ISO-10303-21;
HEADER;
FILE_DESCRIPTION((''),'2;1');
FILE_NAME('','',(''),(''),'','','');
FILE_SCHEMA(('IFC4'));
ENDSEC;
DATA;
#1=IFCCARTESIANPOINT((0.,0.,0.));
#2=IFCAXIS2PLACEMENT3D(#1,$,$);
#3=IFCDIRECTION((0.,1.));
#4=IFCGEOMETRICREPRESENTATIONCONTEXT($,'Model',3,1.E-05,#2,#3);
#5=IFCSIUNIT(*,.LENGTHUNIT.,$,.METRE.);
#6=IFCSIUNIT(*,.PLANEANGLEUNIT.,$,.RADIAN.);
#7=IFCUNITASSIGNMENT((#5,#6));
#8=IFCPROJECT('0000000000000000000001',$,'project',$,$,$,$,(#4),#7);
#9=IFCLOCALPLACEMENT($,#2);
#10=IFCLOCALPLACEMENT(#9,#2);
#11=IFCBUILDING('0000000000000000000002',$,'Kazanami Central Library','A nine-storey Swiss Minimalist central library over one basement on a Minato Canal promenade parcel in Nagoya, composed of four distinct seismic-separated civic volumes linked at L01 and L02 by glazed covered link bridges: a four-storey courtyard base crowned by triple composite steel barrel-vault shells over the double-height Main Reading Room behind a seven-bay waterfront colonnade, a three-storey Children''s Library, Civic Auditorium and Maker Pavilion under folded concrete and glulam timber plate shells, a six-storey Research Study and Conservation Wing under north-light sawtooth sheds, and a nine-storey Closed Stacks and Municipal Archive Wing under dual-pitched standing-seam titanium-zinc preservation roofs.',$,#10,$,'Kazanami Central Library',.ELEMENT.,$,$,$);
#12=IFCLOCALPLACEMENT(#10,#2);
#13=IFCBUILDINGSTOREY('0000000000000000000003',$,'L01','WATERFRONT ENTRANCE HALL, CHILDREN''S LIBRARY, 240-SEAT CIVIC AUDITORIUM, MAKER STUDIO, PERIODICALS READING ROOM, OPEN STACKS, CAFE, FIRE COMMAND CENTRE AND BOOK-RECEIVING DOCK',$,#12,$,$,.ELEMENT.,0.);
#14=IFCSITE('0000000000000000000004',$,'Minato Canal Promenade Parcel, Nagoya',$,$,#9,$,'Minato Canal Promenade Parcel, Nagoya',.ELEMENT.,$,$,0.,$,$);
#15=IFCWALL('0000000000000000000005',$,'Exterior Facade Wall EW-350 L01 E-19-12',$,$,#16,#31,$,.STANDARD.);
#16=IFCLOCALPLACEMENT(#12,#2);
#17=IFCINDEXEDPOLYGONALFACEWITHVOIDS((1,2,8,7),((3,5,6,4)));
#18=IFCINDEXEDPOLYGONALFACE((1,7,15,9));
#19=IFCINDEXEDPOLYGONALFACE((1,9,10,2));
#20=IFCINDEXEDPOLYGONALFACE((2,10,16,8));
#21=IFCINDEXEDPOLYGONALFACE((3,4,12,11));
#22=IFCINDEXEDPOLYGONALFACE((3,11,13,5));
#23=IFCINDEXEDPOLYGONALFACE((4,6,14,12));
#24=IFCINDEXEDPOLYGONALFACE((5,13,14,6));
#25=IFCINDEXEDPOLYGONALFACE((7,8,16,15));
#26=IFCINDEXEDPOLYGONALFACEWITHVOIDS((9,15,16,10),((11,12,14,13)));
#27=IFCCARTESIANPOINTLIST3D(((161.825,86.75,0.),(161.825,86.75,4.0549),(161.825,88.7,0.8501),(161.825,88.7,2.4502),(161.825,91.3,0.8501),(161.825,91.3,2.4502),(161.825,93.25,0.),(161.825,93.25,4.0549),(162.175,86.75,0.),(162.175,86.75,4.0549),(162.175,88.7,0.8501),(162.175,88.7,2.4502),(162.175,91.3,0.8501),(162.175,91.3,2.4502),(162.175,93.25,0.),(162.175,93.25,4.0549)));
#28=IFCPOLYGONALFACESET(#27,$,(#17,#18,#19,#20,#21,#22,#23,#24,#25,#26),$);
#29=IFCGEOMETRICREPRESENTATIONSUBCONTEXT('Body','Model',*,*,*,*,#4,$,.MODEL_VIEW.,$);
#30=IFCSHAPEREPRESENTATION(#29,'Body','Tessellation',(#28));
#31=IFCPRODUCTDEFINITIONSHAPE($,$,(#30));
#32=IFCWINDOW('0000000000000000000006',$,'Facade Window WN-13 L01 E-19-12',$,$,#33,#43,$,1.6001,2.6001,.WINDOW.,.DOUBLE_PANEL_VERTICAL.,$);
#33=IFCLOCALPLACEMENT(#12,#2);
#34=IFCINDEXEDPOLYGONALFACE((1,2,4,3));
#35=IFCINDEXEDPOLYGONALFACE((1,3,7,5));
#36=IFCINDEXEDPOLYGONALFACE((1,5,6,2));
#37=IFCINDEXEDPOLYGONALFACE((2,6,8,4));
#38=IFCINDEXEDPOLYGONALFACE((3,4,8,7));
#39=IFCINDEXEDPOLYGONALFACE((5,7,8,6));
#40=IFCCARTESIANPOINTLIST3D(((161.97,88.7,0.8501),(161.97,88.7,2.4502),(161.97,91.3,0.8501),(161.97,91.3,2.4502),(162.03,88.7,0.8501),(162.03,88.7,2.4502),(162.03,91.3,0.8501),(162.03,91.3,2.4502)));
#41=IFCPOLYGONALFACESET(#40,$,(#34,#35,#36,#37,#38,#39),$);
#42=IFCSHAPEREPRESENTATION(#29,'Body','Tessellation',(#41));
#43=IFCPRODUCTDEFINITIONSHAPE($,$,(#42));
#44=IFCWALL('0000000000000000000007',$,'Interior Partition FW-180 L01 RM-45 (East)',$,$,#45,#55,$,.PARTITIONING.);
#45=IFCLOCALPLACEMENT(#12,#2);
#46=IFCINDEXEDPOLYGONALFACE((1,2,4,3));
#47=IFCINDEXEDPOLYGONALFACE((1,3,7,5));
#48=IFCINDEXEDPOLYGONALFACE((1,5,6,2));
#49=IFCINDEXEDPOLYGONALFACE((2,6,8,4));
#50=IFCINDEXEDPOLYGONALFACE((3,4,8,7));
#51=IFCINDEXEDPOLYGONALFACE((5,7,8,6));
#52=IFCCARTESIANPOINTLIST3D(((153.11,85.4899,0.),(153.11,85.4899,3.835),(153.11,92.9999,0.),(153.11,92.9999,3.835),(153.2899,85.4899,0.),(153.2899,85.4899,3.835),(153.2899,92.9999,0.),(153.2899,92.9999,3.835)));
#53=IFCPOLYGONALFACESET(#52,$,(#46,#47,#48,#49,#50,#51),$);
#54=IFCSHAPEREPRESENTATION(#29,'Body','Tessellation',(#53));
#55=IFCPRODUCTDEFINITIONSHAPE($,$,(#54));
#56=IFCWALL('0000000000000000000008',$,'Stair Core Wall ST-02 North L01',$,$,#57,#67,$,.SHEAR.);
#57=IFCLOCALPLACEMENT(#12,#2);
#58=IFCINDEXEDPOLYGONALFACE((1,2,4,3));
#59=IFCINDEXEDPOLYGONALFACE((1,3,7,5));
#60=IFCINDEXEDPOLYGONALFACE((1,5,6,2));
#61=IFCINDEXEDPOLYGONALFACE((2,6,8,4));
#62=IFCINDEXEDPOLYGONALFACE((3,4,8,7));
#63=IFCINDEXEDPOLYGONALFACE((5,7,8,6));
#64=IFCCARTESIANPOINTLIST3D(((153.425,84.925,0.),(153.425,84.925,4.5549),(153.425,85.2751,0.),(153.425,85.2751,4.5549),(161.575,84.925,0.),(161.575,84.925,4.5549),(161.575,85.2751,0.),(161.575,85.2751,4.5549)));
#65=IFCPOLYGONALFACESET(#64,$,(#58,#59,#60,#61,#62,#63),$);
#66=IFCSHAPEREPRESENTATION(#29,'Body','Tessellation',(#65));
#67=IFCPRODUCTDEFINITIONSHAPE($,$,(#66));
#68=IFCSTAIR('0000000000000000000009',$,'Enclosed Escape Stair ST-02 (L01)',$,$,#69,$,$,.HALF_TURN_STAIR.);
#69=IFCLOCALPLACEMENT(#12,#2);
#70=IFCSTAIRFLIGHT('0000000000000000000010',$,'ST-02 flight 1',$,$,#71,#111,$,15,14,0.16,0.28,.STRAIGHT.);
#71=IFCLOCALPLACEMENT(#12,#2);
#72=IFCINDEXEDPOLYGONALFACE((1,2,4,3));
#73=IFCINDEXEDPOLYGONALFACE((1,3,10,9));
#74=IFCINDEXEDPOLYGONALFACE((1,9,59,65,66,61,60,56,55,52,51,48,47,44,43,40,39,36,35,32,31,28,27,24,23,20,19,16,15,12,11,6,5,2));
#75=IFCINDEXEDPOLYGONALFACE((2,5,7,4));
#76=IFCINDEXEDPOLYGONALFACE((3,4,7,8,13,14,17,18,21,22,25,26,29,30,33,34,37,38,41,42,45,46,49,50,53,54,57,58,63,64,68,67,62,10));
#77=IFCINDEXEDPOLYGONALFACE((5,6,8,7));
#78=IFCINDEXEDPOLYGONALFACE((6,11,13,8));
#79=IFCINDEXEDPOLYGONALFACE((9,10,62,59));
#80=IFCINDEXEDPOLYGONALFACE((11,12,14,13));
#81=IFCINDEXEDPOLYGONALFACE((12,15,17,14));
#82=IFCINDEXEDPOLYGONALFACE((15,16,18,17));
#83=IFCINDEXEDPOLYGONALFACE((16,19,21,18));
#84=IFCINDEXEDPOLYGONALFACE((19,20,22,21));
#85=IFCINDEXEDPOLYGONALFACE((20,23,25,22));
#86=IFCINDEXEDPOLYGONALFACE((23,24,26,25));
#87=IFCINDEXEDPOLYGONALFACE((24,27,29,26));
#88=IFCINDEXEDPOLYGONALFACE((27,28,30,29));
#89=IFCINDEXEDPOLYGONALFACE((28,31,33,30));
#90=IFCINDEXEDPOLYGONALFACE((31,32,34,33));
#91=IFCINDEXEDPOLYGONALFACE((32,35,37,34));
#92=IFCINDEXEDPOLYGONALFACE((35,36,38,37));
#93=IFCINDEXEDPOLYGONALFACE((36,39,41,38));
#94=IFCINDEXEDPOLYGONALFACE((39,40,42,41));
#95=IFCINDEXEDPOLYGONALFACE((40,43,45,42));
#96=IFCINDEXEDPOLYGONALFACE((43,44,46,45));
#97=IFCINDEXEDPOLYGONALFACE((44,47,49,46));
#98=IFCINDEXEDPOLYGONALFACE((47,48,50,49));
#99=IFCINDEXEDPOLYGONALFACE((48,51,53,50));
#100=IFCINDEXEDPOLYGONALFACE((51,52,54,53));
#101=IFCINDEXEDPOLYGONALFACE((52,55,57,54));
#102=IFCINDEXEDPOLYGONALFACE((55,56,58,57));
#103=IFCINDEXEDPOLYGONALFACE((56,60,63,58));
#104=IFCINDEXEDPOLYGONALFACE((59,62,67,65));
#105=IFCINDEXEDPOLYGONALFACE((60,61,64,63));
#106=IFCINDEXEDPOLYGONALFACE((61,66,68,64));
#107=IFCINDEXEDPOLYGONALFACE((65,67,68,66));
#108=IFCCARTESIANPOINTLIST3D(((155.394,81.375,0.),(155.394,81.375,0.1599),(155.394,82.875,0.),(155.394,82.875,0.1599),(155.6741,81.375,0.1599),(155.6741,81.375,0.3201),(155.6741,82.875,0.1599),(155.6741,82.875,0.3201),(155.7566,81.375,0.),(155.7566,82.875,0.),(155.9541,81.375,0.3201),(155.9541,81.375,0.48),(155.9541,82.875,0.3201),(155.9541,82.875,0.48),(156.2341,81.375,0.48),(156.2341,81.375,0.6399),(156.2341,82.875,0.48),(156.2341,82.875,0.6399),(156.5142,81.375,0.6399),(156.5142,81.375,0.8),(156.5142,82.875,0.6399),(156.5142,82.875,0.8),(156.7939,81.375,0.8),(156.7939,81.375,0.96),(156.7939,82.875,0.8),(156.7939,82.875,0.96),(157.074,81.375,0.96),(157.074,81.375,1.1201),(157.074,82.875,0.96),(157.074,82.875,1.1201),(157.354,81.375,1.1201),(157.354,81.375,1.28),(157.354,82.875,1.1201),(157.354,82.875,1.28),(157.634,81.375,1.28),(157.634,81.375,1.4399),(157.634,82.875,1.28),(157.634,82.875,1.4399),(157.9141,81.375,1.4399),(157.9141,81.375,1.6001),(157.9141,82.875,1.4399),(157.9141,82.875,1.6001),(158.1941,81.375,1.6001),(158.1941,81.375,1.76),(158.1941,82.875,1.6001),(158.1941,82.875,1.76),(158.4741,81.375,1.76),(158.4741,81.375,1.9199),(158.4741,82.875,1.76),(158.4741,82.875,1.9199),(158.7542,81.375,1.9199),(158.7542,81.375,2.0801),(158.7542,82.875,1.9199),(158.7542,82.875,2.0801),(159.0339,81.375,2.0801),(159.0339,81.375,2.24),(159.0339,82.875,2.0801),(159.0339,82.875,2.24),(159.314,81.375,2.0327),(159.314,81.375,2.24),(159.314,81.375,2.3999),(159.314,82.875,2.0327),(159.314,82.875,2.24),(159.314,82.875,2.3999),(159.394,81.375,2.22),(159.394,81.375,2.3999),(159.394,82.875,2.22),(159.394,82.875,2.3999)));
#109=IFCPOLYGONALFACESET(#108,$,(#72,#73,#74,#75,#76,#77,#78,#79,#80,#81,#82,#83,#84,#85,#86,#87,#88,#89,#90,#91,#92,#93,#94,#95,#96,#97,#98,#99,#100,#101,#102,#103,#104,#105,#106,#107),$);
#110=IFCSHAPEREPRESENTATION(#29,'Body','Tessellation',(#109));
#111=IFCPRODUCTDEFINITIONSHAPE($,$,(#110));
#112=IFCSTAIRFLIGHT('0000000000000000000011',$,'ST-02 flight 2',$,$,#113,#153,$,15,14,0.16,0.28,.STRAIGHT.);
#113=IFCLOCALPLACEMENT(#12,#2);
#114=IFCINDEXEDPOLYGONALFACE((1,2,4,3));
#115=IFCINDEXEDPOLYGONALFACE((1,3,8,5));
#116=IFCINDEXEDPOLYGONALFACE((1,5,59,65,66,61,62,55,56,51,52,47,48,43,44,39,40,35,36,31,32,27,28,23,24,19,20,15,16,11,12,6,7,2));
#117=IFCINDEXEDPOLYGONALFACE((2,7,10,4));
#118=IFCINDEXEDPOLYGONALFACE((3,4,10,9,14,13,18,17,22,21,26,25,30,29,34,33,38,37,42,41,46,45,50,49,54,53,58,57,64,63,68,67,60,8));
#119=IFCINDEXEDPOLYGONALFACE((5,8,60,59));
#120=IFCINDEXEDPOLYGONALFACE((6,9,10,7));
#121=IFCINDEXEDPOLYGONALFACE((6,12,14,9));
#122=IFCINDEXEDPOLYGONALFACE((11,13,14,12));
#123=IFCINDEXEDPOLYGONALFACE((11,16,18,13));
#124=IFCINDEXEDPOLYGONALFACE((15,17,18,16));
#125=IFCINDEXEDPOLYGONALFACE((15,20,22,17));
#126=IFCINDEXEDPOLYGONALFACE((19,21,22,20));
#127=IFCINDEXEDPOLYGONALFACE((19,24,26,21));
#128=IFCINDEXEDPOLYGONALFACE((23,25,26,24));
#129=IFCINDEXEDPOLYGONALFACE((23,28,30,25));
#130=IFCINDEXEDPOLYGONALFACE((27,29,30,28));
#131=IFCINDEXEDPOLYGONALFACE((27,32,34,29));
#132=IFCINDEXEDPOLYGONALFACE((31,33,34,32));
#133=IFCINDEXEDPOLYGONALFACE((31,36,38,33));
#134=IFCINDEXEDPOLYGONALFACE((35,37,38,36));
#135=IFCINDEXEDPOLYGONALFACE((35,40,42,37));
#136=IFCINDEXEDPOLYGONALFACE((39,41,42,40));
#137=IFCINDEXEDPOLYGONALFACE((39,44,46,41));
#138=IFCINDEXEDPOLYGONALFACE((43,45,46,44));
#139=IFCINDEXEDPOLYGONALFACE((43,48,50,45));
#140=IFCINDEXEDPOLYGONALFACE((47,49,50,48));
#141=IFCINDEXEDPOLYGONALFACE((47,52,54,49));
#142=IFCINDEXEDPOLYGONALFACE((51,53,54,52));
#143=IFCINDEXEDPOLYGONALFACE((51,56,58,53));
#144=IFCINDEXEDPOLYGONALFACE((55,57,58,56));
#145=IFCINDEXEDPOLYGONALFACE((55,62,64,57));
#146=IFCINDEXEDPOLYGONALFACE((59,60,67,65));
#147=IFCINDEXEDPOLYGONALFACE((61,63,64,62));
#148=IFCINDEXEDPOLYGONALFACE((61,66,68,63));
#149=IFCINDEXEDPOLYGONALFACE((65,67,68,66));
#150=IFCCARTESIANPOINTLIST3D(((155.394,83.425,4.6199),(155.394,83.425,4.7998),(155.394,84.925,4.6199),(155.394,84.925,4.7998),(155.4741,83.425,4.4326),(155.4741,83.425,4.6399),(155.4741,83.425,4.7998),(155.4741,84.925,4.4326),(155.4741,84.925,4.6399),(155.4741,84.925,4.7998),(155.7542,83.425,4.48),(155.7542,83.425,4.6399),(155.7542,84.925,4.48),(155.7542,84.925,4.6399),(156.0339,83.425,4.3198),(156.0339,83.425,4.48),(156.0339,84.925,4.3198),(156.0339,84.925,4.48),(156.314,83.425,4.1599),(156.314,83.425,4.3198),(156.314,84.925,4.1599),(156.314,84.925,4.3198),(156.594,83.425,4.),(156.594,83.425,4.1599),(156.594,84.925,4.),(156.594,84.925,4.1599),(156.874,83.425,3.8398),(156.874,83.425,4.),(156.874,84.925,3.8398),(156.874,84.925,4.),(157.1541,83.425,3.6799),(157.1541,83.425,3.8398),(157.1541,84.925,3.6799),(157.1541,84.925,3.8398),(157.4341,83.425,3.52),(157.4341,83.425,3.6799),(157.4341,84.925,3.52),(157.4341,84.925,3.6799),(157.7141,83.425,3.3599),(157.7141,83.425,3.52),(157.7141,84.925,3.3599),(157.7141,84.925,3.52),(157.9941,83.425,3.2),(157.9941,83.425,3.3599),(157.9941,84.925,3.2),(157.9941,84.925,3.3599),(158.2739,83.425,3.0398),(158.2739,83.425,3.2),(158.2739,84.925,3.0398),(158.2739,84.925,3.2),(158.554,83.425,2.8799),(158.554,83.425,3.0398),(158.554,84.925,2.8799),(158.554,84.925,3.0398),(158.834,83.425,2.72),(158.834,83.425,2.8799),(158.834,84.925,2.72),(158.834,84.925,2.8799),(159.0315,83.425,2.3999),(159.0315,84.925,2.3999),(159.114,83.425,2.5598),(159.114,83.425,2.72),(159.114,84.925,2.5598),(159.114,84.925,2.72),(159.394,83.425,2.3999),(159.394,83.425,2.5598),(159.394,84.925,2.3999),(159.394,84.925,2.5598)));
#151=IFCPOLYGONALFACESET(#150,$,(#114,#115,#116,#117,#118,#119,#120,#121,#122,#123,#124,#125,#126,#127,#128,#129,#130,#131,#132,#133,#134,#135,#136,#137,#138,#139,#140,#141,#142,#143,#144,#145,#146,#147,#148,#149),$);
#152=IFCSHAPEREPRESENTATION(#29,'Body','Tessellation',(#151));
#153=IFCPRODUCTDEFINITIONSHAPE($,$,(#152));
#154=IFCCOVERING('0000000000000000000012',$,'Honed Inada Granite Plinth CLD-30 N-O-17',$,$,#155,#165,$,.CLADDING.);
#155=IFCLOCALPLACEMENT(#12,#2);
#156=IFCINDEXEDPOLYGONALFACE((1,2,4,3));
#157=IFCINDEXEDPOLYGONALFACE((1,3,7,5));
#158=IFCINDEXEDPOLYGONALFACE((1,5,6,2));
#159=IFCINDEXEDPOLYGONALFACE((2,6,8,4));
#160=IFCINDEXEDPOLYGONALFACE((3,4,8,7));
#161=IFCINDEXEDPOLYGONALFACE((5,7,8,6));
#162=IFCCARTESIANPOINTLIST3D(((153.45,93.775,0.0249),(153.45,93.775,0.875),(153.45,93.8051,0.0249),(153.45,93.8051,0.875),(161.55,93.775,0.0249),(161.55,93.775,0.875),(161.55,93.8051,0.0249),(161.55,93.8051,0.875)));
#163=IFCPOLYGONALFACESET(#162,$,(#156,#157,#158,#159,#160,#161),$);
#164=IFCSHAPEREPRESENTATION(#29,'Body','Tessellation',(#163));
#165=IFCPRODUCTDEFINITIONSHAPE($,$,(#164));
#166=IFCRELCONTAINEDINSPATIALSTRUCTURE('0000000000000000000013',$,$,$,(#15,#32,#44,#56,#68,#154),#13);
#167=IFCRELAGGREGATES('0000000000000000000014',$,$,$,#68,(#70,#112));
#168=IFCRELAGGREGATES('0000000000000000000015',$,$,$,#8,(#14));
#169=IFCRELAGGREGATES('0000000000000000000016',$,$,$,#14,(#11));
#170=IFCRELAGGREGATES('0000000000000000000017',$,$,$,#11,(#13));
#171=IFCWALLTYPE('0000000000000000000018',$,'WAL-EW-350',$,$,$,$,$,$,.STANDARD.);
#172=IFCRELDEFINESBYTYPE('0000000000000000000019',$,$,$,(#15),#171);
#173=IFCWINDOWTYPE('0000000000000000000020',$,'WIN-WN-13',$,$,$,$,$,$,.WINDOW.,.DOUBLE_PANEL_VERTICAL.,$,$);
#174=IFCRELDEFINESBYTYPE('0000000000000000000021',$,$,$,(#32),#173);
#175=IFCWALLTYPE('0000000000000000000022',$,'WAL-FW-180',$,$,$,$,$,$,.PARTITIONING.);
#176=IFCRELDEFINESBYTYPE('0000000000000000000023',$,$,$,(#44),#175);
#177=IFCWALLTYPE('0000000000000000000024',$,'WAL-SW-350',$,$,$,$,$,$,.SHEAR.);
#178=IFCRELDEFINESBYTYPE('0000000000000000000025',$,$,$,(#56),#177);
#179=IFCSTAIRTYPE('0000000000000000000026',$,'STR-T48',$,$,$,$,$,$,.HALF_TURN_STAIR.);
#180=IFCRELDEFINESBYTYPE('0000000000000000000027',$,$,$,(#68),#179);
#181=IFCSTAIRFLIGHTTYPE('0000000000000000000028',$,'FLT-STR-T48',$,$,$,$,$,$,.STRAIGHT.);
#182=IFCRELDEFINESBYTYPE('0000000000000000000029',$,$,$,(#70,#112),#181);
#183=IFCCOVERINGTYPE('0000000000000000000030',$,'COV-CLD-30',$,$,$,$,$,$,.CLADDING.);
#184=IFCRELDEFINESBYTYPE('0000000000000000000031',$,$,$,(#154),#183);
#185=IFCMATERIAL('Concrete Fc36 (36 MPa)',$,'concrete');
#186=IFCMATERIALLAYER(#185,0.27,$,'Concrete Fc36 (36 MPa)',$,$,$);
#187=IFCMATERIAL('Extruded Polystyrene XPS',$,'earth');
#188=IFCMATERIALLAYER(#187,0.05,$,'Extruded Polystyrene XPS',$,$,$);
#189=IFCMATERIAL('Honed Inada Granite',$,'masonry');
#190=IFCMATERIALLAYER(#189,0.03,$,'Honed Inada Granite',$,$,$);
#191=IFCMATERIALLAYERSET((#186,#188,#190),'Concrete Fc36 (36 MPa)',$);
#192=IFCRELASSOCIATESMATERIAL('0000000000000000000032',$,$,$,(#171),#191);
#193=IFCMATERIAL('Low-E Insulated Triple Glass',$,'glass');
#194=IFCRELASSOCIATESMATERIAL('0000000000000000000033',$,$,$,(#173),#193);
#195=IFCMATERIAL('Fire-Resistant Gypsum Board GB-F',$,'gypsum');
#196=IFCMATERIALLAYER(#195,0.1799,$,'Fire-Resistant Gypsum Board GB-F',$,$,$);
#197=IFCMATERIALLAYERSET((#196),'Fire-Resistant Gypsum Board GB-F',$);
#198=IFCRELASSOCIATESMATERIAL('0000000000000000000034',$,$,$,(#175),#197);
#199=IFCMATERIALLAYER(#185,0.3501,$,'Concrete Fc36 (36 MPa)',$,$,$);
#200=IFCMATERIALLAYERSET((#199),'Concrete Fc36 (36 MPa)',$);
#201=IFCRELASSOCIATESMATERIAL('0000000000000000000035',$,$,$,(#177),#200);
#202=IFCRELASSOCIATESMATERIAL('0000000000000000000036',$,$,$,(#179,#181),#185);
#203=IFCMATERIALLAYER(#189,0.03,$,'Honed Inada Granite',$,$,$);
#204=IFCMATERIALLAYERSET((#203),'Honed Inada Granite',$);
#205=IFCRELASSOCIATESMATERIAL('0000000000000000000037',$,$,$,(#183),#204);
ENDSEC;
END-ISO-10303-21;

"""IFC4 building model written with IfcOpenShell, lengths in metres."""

from ifc_helpers import new_model, si_unit, direction, frame, frame_2d, origin, origin_2d, place, context, subcontext, project, spatial, polyline, rectangle, outline, extrude, material, layer, layer_set, type_object, element, fill, aggregate, save


model = new_model("IFC4")

# Units and contexts
model_context = context("Model", 3, precision=1e-05, world=origin(), true_north=direction((0.0, 1.0)))
body_context = subcontext(model_context, "Body", "Model", "MODEL_VIEW")
ifc_project = project(units=[si_unit("LENGTHUNIT", "METRE"), si_unit("PLANEANGLEUNIT", "RADIAN")], contexts=[model_context])

# Site, building, storey
site_placement = place(None, origin())
site = spatial("IfcSite", under=ifc_project, at=site_placement, Name="Minato Canal Promenade Parcel, Nagoya", LongName="Minato Canal Promenade Parcel, Nagoya", CompositionType="ELEMENT", RefElevation=0.0)
building_placement = place(site_placement, origin())
building = spatial("IfcBuilding", under=site, at=building_placement, Name="Kazanami Central Library", Description="A nine-storey Swiss Minimalist central library over one basement on a Minato Canal promenade parcel in Nagoya, composed of four distinct seismic-separated civic volumes linked at L01 and L02 by glazed covered link bridges: a four-storey courtyard base crowned by triple composite steel barrel-vault shells over the double-height Main Reading Room behind a seven-bay waterfront colonnade, a three-storey Children's Library, Civic Auditorium and Maker Pavilion under folded concrete and glulam timber plate shells, a six-storey Research Study and Conservation Wing under north-light sawtooth sheds, and a nine-storey Closed Stacks and Municipal Archive Wing under dual-pitched standing-seam titanium-zinc preservation roofs.", LongName="Kazanami Central Library", CompositionType="ELEMENT")
storey_placement = place(building_placement, origin())
storey = spatial("IfcBuildingStorey", under=building, at=storey_placement, Name="L01", Description="WATERFRONT ENTRANCE HALL, CHILDREN'S LIBRARY, 240-SEAT CIVIC AUDITORIUM, MAKER STUDIO, PERIODICALS READING ROOM, OPEN STACKS, CAFE, FIRE COMMAND CENTRE AND BOOK-RECEIVING DOCK", CompositionType="ELEMENT", Elevation=0.0)

# Shared definitions
ifc_material_1 = material(Name="Concrete Fc36 (36 MPa)", Category="concrete")
ifc_layer_1 = layer(ifc_material_1, 0.27, Name="Concrete Fc36 (36 MPa)")
ifc_material_2 = material(Name="Extruded Polystyrene XPS", Category="earth")
ifc_layer_2 = layer(ifc_material_2, 0.05, Name="Extruded Polystyrene XPS")
ifc_material_3 = material(Name="Honed Inada Granite", Category="masonry")
ifc_layer_3 = layer(ifc_material_3, 0.03, Name="Honed Inada Granite")
ifc_layer_set_1 = layer_set([ifc_layer_1, ifc_layer_2, ifc_layer_3], Name="Concrete Fc36 (36 MPa)")
wall_type_1 = type_object("IfcWallType", Name="WAL-EW-350", PredefinedType="STANDARD", material=ifc_layer_set_1)
ifc_material_4 = material(Name="Low-E Insulated Triple Glass", Category="glass")
window_type = type_object("IfcWindowType", Name="WIN-WN-13", PartitioningType="DOUBLE_PANEL_VERTICAL", PredefinedType="WINDOW", material=ifc_material_4)

# Wall, opening, window
wall_1_placement = place(storey_placement, frame((162.0, 93.25, 0.0), z_axis=(0.0, 0.0, 1.0), x_axis=(0.0, -1.0, 0.0)))
wall_1 = element("IfcWall", 1, at=wall_1_placement, inside=storey, type_object=wall_type_1, Name="Exterior Facade Wall EW-350 L01 E-19-12", PredefinedType="STANDARD", context=body_context, shape_type="SweptSolid", body=[
    extrude(rectangle(XDim=6.5, YDim=0.3501, at=frame_2d((3.25, 0.0))), origin(), (0.0, 0.0, 1.0), 4.0549),
])
opening_1_placement = place(wall_1_placement, frame((1.95, 0.0, 0.8501)))
opening_1 = element("IfcOpeningElement", 2, at=opening_1_placement, cuts=wall_1, PredefinedType="OPENING", context=body_context, shape_type="SweptSolid", body=[
    extrude(rectangle(XDim=2.6001, YDim=1.6001, at=frame_2d((1.3, 0.8))), frame((0.0, 0.187, 0.0), z_axis=(0.0, -1.0, 0.0), x_axis=(1.0, 0.0, 0.0)), (0.0, 0.0, 1.0), 0.374),
])
window_1_placement = place(opening_1_placement, origin())
window_1 = element("IfcWindow", 3, at=window_1_placement, inside=storey, type_object=window_type, Name="Facade Window WN-13 L01 E-19-12", OverallHeight=1.6001, OverallWidth=2.6001, PartitioningType="DOUBLE_PANEL_VERTICAL", PredefinedType="WINDOW", context=body_context, shape_type="SweptSolid", body=[
    extrude(rectangle(XDim=2.6001, YDim=1.6001, at=frame_2d((1.3, 0.8))), frame((0.0, 0.03, 0.0), z_axis=(0.0, -1.0, 0.0), x_axis=(1.0, 0.0, 0.0)), (0.0, 0.0, 1.0), 0.0601),
])
fill(opening_1, window_1)

# Walls
ifc_material_5 = material(Name="Fire-Resistant Gypsum Board GB-F", Category="gypsum")
ifc_layer_4 = layer(ifc_material_5, 0.1799, Name="Fire-Resistant Gypsum Board GB-F")
ifc_layer_set_2 = layer_set([ifc_layer_4], Name="Fire-Resistant Gypsum Board GB-F")
wall_type_2 = type_object("IfcWallType", Name="WAL-FW-180", PredefinedType="PARTITIONING", material=ifc_layer_set_2)
wall_2_placement = place(storey_placement, frame((153.2, 85.49, 0.0), z_axis=(0.0, 0.0, 1.0), x_axis=(0.0, 1.0, 0.0)))
element("IfcWall", 4, at=wall_2_placement, inside=storey, type_object=wall_type_2, Name="Interior Partition FW-180 L01 RM-45 (East)", PredefinedType="PARTITIONING", context=body_context, shape_type="SweptSolid", body=[
    extrude(rectangle(XDim=7.51, YDim=0.1799, at=frame_2d((3.7549, 0.0))), origin(), (0.0, 0.0, 1.0), 3.835),
])
ifc_layer_5 = layer(ifc_material_1, 0.3501, Name="Concrete Fc36 (36 MPa)")
ifc_layer_set_3 = layer_set([ifc_layer_5], Name="Concrete Fc36 (36 MPa)")
wall_type_3 = type_object("IfcWallType", Name="WAL-SW-350", PredefinedType="SHEAR", material=ifc_layer_set_3)
wall_3_placement = place(storey_placement, frame((153.425, 85.1001, 0.0), z_axis=(0.0, 0.0, 1.0), x_axis=(1.0, 0.0, 0.0)))
element("IfcWall", 5, at=wall_3_placement, inside=storey, type_object=wall_type_3, Name="Stair Core Wall ST-02 North L01", PredefinedType="SHEAR", context=body_context, shape_type="SweptSolid", body=[
    extrude(rectangle(XDim=8.1499, YDim=0.3501, at=frame_2d((4.075, 0.0))), origin(), (0.0, 0.0, 1.0), 4.5549),
])

# Stair, stair flights
stair_type = type_object("IfcStairType", Name="STR-T48", PredefinedType="HALF_TURN_STAIR", material=ifc_material_1)
stair_placement = place(storey_placement, origin())
stair = element("IfcStair", 6, at=stair_placement, inside=storey, type_object=stair_type, Name="Enclosed Escape Stair ST-02 (L01)", PredefinedType="HALF_TURN_STAIR")
stair_flight_type = type_object("IfcStairFlightType", Name="FLT-STR-T48", PredefinedType="STRAIGHT", material=ifc_material_1)
stair_flight_1_placement = place(storey_placement, frame((155.394, 82.125, 0.0), z_axis=(0.0, 0.0, 1.0), x_axis=(1.0, 0.0, 0.0)))
stair_flight_1 = element("IfcStairFlight", 7, at=stair_flight_1_placement, type_object=stair_flight_type, Name="ST-02 flight 1", NumberOfRisers=15, NumberOfTreads=14, PredefinedType="STRAIGHT", RiserHeight=0.16, TreadLength=0.28, context=body_context, shape_type="SweptSolid", body=[
    extrude(outline(polyline([(0.0, 0.0), (0.0, 0.1599), (0.28, 0.1599), (0.28, 0.3201), (0.5601, 0.3201), (0.5601, 0.48), (0.8401, 0.48), (0.8401, 0.6399), (1.1201, 0.6399), (1.1201, 0.8), (1.3999, 0.8), (1.3999, 0.96), (1.6799, 0.96), (1.6799, 1.1201), (1.96, 1.1201), (1.96, 1.28), (2.24, 1.28), (2.24, 1.4399), (2.52, 1.4399), (2.52, 1.6001), (2.8, 1.6001), (2.8, 1.76), (3.0801, 1.76), (3.0801, 1.9199), (3.3601, 1.9199), (3.3601, 2.0801), (3.6399, 2.0801), (3.6399, 2.24), (3.9199, 2.24), (3.9199, 2.3999), (4.0, 2.3999), (4.0, 2.22), (3.9199, 2.0327), (0.3625, 0.0), (0.0, 0.0)])), frame((0.0, 0.75, 0.0), z_axis=(0.0, -1.0, 0.0), x_axis=(1.0, 0.0, 0.0)), (0.0, 0.0, 1.0), 1.5),
])
stair_flight_2_placement = place(storey_placement, frame((159.394, 84.175, 2.3999), z_axis=(0.0, 0.0, 1.0), x_axis=(-1.0, 0.0, 0.0)))
stair_flight_2 = element("IfcStairFlight", 8, at=stair_flight_2_placement, type_object=stair_flight_type, Name="ST-02 flight 2", NumberOfRisers=15, NumberOfTreads=14, PredefinedType="STRAIGHT", RiserHeight=0.16, TreadLength=0.28, context=body_context, shape_type="SweptSolid", body=[
    extrude(outline(polyline([(0.0, 0.0), (0.0, 0.1599), (0.28, 0.1599), (0.28, 0.3201), (0.5601, 0.3201), (0.5601, 0.48), (0.8401, 0.48), (0.8401, 0.6399), (1.1201, 0.6399), (1.1201, 0.8), (1.3999, 0.8), (1.3999, 0.96), (1.6799, 0.96), (1.6799, 1.1201), (1.96, 1.1201), (1.96, 1.28), (2.24, 1.28), (2.24, 1.4399), (2.52, 1.4399), (2.52, 1.6001), (2.8, 1.6001), (2.8, 1.76), (3.0801, 1.76), (3.0801, 1.9199), (3.3601, 1.9199), (3.3601, 2.0801), (3.6399, 2.0801), (3.6399, 2.24), (3.9199, 2.24), (3.9199, 2.3999), (4.0, 2.3999), (4.0, 2.22), (3.9199, 2.0327), (0.3625, 0.0), (0.0, 0.0)])), frame((0.0, 0.75, 0.0), z_axis=(0.0, -1.0, 0.0), x_axis=(1.0, 0.0, 0.0)), (0.0, 0.0, 1.0), 1.5),
])
aggregate(stair, [stair_flight_1, stair_flight_2])

# Covering
ifc_layer_6 = layer(ifc_material_3, 0.03, Name="Honed Inada Granite")
ifc_layer_set_4 = layer_set([ifc_layer_6], Name="Honed Inada Granite")
covering_type = type_object("IfcCoveringType", Name="COV-CLD-30", PredefinedType="CLADDING", material=ifc_layer_set_4)
covering_placement = place(storey_placement, frame((157.5, 93.79, 0.0249), z_axis=(0.0, 0.0, 1.0), x_axis=(-1.0, 0.0, 0.0)))
element("IfcCovering", 9, at=covering_placement, inside=storey, type_object=covering_type, Name="Honed Inada Granite Plinth CLD-30 N-O-17", PredefinedType="CLADDING", context=body_context, shape_type="SweptSolid", body=[
    extrude(rectangle(XDim=8.1001, YDim=0.03, at=origin_2d()), origin(), (0.0, 0.0, 1.0), 0.8501),
])

save(model, "model.ifc")
